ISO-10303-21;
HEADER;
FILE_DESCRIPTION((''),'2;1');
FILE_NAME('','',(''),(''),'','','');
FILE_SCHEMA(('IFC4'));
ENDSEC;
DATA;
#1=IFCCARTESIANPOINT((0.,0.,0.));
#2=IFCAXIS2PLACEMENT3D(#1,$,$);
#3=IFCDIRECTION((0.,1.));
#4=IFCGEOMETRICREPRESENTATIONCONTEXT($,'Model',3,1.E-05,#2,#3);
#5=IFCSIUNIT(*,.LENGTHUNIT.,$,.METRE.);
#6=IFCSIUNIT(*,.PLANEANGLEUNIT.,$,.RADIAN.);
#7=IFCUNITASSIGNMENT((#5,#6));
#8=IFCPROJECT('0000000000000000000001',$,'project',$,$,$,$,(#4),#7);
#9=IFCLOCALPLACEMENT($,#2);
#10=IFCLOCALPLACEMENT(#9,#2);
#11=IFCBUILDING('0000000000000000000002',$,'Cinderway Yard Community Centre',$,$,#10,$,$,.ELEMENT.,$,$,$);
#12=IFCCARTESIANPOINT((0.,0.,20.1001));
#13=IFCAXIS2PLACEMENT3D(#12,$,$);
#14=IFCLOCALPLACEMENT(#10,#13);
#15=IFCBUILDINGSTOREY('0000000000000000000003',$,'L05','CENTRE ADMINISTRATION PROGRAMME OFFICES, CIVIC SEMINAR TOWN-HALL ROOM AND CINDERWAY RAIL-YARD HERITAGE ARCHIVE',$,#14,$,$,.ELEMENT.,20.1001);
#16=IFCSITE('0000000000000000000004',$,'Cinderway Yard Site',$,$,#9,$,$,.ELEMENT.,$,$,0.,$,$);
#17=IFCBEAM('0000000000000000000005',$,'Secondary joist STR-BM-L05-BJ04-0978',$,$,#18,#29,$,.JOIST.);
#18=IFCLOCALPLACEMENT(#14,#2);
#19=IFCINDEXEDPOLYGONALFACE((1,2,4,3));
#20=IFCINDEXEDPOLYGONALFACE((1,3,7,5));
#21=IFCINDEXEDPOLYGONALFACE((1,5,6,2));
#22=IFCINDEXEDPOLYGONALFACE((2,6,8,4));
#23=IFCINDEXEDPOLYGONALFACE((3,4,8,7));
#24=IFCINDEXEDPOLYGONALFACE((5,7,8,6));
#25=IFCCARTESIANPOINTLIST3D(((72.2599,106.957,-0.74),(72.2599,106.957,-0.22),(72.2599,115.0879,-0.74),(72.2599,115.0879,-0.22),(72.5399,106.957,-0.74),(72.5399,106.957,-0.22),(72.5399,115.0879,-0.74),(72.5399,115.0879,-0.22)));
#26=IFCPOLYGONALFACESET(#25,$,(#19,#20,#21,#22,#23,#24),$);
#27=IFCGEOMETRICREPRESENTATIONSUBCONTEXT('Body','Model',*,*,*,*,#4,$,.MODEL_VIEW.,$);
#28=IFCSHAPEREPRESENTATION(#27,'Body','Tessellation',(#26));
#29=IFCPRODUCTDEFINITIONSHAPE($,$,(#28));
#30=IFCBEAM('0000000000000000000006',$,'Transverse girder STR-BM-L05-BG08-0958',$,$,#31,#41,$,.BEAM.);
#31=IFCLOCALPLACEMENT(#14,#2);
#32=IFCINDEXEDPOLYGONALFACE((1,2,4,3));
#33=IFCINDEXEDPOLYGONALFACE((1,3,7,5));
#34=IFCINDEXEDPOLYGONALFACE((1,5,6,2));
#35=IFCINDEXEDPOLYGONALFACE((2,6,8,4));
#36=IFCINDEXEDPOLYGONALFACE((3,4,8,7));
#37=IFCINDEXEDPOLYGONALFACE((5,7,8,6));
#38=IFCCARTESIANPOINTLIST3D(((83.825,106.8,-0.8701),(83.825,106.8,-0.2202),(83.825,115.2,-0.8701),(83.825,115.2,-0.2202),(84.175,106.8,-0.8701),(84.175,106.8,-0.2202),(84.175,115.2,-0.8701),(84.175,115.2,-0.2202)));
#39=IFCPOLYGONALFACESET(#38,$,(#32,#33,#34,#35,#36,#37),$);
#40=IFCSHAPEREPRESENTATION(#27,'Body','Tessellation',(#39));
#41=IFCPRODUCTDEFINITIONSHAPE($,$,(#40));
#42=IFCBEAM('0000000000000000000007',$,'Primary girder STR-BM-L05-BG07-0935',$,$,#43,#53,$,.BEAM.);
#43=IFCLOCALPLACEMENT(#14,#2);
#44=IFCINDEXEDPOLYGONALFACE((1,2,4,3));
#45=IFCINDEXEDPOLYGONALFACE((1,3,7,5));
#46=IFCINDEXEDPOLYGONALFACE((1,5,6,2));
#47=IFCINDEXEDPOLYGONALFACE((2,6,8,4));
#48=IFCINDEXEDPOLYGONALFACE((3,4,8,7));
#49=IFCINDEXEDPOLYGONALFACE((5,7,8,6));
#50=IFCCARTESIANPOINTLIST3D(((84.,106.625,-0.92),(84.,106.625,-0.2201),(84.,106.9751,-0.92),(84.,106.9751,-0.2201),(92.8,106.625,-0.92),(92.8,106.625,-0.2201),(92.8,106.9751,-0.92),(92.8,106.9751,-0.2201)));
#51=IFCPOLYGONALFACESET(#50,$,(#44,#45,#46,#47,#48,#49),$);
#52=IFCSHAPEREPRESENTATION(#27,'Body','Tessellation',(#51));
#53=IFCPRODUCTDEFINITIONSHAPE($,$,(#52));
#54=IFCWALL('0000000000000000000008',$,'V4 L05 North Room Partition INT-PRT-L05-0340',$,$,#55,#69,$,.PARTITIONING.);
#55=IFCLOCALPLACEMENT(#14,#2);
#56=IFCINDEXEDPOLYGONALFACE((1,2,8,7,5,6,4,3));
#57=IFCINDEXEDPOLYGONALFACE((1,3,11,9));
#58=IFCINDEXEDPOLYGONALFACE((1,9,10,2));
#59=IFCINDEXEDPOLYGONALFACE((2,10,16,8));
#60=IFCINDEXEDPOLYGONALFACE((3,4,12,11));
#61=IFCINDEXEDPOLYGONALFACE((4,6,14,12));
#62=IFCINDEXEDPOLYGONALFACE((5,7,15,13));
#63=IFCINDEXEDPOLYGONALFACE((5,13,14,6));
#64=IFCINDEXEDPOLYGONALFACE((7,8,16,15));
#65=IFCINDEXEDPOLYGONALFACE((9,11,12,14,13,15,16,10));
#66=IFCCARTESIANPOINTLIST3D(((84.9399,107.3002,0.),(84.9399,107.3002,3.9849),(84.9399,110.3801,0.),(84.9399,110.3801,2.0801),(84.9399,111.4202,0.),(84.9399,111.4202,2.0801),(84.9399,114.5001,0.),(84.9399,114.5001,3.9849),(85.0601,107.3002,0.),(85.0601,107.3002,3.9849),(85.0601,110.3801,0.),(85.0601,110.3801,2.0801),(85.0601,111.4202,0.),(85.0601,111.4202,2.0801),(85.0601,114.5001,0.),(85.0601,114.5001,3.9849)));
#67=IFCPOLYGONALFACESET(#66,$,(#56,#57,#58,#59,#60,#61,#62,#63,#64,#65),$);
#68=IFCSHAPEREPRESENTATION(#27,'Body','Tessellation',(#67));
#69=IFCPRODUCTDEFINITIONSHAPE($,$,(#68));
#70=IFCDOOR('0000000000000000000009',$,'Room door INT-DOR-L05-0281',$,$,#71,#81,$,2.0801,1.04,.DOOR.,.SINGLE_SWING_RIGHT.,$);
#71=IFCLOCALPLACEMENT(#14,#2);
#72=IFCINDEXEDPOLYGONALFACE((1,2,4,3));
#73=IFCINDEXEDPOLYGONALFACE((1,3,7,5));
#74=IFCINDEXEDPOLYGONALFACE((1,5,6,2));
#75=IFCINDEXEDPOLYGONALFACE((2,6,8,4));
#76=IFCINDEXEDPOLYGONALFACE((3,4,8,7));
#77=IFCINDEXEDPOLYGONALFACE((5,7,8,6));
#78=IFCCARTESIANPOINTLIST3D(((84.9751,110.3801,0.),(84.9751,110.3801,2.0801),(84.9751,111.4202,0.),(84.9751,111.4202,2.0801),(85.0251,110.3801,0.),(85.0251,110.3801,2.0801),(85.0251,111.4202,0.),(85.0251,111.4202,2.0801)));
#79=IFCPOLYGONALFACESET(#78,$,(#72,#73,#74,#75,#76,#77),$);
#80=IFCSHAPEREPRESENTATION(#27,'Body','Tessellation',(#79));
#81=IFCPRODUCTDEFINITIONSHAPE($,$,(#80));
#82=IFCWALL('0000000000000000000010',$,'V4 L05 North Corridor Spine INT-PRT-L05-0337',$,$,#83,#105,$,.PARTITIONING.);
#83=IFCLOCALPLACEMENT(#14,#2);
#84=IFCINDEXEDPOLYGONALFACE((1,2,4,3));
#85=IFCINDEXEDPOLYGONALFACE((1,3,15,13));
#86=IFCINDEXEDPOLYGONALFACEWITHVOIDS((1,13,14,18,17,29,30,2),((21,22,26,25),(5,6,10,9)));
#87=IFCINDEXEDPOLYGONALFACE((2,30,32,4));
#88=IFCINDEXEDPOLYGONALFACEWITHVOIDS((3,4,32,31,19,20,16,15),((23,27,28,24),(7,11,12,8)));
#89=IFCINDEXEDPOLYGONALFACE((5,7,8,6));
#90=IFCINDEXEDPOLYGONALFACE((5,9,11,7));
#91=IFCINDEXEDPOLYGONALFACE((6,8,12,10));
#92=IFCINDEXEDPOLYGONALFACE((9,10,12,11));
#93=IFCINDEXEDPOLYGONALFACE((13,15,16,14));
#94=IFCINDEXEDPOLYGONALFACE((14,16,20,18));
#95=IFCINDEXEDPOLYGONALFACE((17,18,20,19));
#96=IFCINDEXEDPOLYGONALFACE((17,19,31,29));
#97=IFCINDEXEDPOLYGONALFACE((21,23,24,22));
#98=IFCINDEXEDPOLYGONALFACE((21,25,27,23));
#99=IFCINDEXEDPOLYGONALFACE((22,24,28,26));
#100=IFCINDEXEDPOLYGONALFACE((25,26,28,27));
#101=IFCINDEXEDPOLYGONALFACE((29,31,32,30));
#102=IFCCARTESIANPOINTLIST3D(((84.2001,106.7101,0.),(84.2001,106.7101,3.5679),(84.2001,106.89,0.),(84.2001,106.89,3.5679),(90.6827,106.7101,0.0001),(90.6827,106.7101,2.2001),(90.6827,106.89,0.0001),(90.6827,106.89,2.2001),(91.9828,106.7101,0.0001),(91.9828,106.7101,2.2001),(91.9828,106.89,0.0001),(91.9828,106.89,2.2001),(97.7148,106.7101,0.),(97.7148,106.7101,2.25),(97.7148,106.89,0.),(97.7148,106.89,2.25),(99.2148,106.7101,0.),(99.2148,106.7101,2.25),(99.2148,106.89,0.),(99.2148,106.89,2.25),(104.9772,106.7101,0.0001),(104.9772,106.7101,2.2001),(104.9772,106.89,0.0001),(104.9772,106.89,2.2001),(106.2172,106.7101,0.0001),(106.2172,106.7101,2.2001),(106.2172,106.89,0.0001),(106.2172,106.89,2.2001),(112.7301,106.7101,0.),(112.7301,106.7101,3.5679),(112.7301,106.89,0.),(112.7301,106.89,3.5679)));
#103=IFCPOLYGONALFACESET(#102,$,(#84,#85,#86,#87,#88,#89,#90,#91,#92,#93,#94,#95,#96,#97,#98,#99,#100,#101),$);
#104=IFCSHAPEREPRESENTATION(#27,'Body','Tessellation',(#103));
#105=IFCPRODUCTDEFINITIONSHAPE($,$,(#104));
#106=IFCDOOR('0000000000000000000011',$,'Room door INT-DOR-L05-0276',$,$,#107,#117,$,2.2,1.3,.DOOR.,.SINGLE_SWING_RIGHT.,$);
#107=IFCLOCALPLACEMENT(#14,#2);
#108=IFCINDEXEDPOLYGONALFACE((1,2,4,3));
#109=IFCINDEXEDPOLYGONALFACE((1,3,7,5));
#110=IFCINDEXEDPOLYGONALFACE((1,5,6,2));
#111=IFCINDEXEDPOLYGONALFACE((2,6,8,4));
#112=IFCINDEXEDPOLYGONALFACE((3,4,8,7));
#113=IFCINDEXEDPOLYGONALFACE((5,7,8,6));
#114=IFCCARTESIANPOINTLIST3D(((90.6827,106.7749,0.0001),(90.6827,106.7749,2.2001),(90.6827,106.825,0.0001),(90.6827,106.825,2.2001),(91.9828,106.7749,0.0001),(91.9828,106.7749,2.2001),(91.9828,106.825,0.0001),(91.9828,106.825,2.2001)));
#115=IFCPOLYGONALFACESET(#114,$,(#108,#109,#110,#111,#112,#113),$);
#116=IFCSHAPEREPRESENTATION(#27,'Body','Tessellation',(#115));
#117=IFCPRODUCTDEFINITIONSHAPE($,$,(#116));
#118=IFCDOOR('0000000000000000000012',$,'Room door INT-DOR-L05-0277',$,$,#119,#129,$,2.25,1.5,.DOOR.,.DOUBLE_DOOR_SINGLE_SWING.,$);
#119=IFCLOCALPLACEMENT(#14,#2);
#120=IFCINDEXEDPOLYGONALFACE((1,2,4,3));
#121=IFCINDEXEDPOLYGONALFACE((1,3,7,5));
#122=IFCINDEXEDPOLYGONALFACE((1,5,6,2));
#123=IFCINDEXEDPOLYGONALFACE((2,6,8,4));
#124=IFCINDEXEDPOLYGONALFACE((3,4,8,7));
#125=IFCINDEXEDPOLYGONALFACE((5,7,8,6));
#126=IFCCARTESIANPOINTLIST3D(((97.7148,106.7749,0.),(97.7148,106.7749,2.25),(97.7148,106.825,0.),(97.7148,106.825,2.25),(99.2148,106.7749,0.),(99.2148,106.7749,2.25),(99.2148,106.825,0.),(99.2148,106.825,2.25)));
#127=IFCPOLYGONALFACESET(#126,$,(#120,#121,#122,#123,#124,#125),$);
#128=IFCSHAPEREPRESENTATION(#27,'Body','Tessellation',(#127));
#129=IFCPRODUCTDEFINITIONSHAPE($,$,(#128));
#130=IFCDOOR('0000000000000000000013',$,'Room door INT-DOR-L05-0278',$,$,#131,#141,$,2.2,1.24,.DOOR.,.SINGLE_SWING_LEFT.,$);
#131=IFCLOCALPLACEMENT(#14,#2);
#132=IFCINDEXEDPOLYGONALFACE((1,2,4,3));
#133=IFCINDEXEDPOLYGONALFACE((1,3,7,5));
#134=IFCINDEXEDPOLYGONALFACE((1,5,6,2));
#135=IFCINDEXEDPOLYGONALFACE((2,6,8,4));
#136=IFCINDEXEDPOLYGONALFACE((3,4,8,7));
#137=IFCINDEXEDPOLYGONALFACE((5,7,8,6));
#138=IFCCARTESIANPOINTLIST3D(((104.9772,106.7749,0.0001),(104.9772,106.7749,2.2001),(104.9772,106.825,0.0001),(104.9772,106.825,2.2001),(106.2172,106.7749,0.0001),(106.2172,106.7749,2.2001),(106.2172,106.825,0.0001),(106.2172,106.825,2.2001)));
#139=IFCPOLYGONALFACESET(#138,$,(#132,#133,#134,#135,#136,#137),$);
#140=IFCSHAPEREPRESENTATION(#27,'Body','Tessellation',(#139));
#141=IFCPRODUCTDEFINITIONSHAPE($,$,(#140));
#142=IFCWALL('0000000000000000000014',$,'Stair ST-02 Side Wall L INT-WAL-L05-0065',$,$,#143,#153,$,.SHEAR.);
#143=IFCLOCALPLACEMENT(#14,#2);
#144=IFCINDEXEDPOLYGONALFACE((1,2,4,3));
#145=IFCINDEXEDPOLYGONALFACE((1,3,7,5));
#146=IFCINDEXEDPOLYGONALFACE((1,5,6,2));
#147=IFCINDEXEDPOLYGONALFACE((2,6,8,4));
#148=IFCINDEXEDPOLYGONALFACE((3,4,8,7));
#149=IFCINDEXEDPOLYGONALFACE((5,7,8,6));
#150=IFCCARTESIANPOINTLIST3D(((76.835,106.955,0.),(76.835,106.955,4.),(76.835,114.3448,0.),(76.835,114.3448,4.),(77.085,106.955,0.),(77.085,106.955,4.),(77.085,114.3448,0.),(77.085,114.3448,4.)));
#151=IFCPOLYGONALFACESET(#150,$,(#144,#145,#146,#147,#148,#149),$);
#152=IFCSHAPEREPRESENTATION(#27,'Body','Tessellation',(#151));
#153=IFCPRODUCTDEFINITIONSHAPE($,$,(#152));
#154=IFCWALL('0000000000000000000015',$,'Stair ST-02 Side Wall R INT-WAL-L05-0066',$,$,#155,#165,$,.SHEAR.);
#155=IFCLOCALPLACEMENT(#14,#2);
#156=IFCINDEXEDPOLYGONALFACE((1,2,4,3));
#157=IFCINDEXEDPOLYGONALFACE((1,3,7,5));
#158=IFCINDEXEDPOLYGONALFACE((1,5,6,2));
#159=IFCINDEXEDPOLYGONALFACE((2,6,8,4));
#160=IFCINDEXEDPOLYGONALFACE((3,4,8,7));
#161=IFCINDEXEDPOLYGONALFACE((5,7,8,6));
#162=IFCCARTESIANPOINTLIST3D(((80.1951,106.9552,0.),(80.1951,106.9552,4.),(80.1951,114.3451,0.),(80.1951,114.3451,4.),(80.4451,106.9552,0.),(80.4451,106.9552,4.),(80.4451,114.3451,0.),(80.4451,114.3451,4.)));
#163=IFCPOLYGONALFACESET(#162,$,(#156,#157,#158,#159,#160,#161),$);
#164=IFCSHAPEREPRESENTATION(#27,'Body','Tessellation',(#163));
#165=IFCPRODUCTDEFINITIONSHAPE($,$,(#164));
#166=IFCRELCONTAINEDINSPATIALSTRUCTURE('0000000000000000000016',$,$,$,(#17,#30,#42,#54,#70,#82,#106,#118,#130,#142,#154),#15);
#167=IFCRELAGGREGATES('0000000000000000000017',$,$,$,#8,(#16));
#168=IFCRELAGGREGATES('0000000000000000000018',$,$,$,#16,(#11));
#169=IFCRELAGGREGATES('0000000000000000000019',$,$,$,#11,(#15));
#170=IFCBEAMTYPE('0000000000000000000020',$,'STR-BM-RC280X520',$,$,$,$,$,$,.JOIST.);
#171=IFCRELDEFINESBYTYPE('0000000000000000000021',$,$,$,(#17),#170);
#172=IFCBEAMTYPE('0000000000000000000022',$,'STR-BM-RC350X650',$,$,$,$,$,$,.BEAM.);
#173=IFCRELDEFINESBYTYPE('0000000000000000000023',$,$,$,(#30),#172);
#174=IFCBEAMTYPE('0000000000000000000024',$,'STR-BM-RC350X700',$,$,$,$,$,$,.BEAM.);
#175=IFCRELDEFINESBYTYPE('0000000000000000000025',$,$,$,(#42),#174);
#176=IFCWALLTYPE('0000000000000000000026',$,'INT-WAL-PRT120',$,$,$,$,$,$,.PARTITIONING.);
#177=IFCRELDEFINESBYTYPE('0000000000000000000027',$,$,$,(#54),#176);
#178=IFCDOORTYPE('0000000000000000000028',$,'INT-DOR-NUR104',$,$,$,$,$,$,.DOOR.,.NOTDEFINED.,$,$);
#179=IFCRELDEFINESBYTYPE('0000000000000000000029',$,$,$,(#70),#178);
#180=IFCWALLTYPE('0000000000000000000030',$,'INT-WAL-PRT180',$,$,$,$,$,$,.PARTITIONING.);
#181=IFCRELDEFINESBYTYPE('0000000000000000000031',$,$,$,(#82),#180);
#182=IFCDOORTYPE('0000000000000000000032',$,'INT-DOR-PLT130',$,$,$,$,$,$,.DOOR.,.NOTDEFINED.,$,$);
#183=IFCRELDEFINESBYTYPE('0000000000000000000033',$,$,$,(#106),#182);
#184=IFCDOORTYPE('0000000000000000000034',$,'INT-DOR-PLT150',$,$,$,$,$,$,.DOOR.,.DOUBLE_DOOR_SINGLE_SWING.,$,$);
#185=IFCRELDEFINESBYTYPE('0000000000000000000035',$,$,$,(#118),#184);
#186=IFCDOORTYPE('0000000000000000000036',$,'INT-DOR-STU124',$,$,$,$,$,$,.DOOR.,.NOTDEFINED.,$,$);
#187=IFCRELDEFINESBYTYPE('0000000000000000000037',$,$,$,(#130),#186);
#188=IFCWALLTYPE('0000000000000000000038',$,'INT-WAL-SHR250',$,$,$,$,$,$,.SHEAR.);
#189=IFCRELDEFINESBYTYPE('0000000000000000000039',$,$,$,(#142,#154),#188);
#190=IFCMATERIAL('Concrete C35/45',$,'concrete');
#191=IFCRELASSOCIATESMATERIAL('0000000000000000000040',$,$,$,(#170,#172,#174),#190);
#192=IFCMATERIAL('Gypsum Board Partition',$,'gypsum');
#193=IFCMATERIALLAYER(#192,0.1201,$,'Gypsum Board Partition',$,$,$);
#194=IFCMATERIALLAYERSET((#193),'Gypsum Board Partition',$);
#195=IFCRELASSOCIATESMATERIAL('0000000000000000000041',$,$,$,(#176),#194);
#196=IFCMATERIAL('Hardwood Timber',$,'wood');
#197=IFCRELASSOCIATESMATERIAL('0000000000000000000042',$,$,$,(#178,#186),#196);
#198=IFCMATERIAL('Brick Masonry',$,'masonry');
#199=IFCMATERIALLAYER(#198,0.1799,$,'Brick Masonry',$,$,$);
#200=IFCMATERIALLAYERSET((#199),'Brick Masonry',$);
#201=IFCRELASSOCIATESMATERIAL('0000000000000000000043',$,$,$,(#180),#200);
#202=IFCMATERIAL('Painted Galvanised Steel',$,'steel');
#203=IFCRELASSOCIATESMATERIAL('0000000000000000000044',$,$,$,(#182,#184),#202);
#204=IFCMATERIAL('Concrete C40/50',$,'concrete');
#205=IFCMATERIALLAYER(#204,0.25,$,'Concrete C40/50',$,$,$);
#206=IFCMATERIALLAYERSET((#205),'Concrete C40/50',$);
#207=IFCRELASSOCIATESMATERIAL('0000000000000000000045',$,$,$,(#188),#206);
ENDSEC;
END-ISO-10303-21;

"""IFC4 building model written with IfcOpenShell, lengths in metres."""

from ifc_helpers import new_model, si_unit, direction, frame, frame_2d, origin, origin_2d, place, context, subcontext, project, spatial, rectangle, extrude, material, layer, layer_set, material_profile, profile_set, type_object, element, fill, save


model = new_model("IFC4")

# Units and contexts
model_context = context("Model", 3, precision=1e-05, world=origin(), true_north=direction((0.0, 1.0)))
body_context = subcontext(model_context, "Body", "Model", "MODEL_VIEW")
ifc_project = project(units=[si_unit("LENGTHUNIT", "METRE"), si_unit("PLANEANGLEUNIT", "RADIAN")], contexts=[model_context])

# Site, building, storey
site_placement = place(None, origin())
site = spatial("IfcSite", under=ifc_project, at=site_placement, Name="Cinderway Yard Site", CompositionType="ELEMENT", RefElevation=0.0)
building_placement = place(site_placement, origin())
building = spatial("IfcBuilding", under=site, at=building_placement, Name="Cinderway Yard Community Centre", CompositionType="ELEMENT")
storey_placement = place(building_placement, frame((0.0, 0.0, 20.1001)))
storey = spatial("IfcBuildingStorey", under=building, at=storey_placement, Name="L05", Description="CENTRE ADMINISTRATION PROGRAMME OFFICES, CIVIC SEMINAR TOWN-HALL ROOM AND CINDERWAY RAIL-YARD HERITAGE ARCHIVE", CompositionType="ELEMENT", Elevation=20.1001)

# Beams
ifc_material_1 = material(Name="Concrete C35/45", Category="concrete")
ifc_material_profile_1 = material_profile(ifc_material_1, rectangle(XDim=0.28, YDim=0.52, at=origin_2d()), Name="Concrete C35/45")
ifc_profile_set_1 = profile_set([ifc_material_profile_1], Name="Concrete C35/45")
beam_type_1 = type_object("IfcBeamType", Name="STR-BM-RC280X520", PredefinedType="JOIST", material=ifc_profile_set_1)
beam_1_placement = place(storey_placement, frame((72.3999, 106.957, -0.48), z_axis=(0.0, 1.0, 0.0), x_axis=(-1.0, 0.0, 0.0)))
element("IfcBeam", 1, at=beam_1_placement, inside=storey, type_object=beam_type_1, Name="Secondary joist STR-BM-L05-BJ04-0978", PredefinedType="JOIST", context=body_context, shape_type="SweptSolid", body=[
    extrude(rectangle(XDim=0.28, YDim=0.52, at=origin_2d()), origin(), (0.0, 0.0, 1.0), 8.1309),
])
ifc_material_profile_2 = material_profile(ifc_material_1, rectangle(XDim=0.3501, YDim=0.6499, at=origin_2d()), Name="Concrete C35/45")
ifc_profile_set_2 = profile_set([ifc_material_profile_2], Name="Concrete C35/45")
beam_type_2 = type_object("IfcBeamType", Name="STR-BM-RC350X650", PredefinedType="BEAM", material=ifc_profile_set_2)
beam_2_placement = place(storey_placement, frame((84.0, 106.8, -0.5452), z_axis=(0.0, 1.0, 0.0), x_axis=(-1.0, 0.0, 0.0)))
element("IfcBeam", 2, at=beam_2_placement, inside=storey, type_object=beam_type_2, Name="Transverse girder STR-BM-L05-BG08-0958", PredefinedType="BEAM", context=body_context, shape_type="SweptSolid", body=[
    extrude(rectangle(XDim=0.3501, YDim=0.6499, at=origin_2d()), origin(), (0.0, 0.0, 1.0), 8.3999),
])
ifc_material_profile_3 = material_profile(ifc_material_1, rectangle(XDim=0.3501, YDim=0.7, at=origin_2d()), Name="Concrete C35/45")
ifc_profile_set_3 = profile_set([ifc_material_profile_3], Name="Concrete C35/45")
beam_type_3 = type_object("IfcBeamType", Name="STR-BM-RC350X700", PredefinedType="BEAM", material=ifc_profile_set_3)
beam_3_placement = place(storey_placement, frame((84.0, 106.8, -0.5701), z_axis=(1.0, 0.0, 0.0), x_axis=(0.0, 1.0, 0.0)))
element("IfcBeam", 3, at=beam_3_placement, inside=storey, type_object=beam_type_3, Name="Primary girder STR-BM-L05-BG07-0935", PredefinedType="BEAM", context=body_context, shape_type="SweptSolid", body=[
    extrude(rectangle(XDim=0.3501, YDim=0.7, at=origin_2d()), origin(), (0.0, 0.0, 1.0), 8.8),
])

# Wall, opening, door
ifc_material_2 = material(Name="Gypsum Board Partition", Category="gypsum")
ifc_layer_1 = layer(ifc_material_2, 0.1201, Name="Gypsum Board Partition")
ifc_layer_set_1 = layer_set([ifc_layer_1], Name="Gypsum Board Partition")
wall_type_1 = type_object("IfcWallType", Name="INT-WAL-PRT120", PredefinedType="PARTITIONING", material=ifc_layer_set_1)
wall_1_placement = place(storey_placement, frame((85.0, 107.3, 0.0), z_axis=(0.0, 0.0, 1.0), x_axis=(0.0, 1.0, 0.0)))
wall_1 = element("IfcWall", 4, at=wall_1_placement, inside=storey, type_object=wall_type_1, Name="V4 L05 North Room Partition INT-PRT-L05-0340", PredefinedType="PARTITIONING", context=body_context, shape_type="SweptSolid", body=[
    extrude(rectangle(XDim=7.2, YDim=0.1201, at=frame_2d((3.6001, 0.0))), origin(), (0.0, 0.0, 1.0), 3.9849),
])
opening_1_placement = place(wall_1_placement, frame((3.0801, 0.0, 0.0)))
opening_1 = element("IfcOpeningElement", 5, at=opening_1_placement, cuts=wall_1, PredefinedType="OPENING", context=body_context, shape_type="SweptSolid", body=[
    extrude(rectangle(XDim=1.04, YDim=2.0801, at=frame_2d((0.52, 1.04))), frame((0.0, 0.0701, 0.0), z_axis=(0.0, -1.0, 0.0), x_axis=(1.0, 0.0, 0.0)), (0.0, 0.0, 1.0), 0.1401),
])
ifc_material_3 = material(Name="Hardwood Timber", Category="wood")
door_type_1 = type_object("IfcDoorType", Name="INT-DOR-NUR104", OperationType="NOTDEFINED", PredefinedType="DOOR", material=ifc_material_3)
door_1_placement = place(opening_1_placement, origin())
door_1 = element("IfcDoor", 6, at=door_1_placement, inside=storey, type_object=door_type_1, Name="Room door INT-DOR-L05-0281", OperationType="SINGLE_SWING_RIGHT", OverallHeight=2.0801, OverallWidth=1.04, PredefinedType="DOOR", context=body_context, shape_type="SweptSolid", body=[
    extrude(rectangle(XDim=1.04, YDim=2.0801, at=frame_2d((0.52, 1.04))), frame((0.0, 0.0249, 0.0), z_axis=(0.0, -1.0, 0.0), x_axis=(1.0, 0.0, 0.0)), (0.0, 0.0, 1.0), 0.05),
])
fill(opening_1, door_1)

# Wall, openings, doors
ifc_material_4 = material(Name="Brick Masonry", Category="masonry")
ifc_layer_2 = layer(ifc_material_4, 0.1799, Name="Brick Masonry")
ifc_layer_set_2 = layer_set([ifc_layer_2], Name="Brick Masonry")
wall_type_2 = type_object("IfcWallType", Name="INT-WAL-PRT180", PredefinedType="PARTITIONING", material=ifc_layer_set_2)
wall_2_placement = place(storey_placement, frame((84.2, 106.8, 0.0), z_axis=(0.0, 0.0, 1.0), x_axis=(1.0, 0.0, 0.0)))
wall_2 = element("IfcWall", 7, at=wall_2_placement, inside=storey, type_object=wall_type_2, Name="V4 L05 North Corridor Spine INT-PRT-L05-0337", PredefinedType="PARTITIONING", context=body_context, shape_type="SweptSolid", body=[
    extrude(rectangle(XDim=28.53, YDim=0.1799, at=frame_2d((14.2651, 0.0))), origin(), (0.0, 0.0, 1.0), 3.5679),
])
opening_2_placement = place(wall_2_placement, frame((6.4829, 0.0, 0.0)))
opening_2 = element("IfcOpeningElement", 8, at=opening_2_placement, cuts=wall_2, PredefinedType="OPENING", context=body_context, shape_type="SweptSolid", body=[
    extrude(rectangle(XDim=1.3, YDim=2.2, at=frame_2d((0.6499, 1.1001))), frame((0.0, 0.0999, 0.0), z_axis=(0.0, -1.0, 0.0), x_axis=(1.0, 0.0, 0.0)), (0.0, 0.0, 1.0), 0.2),
])
opening_3_placement = place(wall_2_placement, frame((13.5149, 0.0, 0.0)))
opening_3 = element("IfcOpeningElement", 9, at=opening_3_placement, cuts=wall_2, PredefinedType="OPENING", context=body_context, shape_type="SweptSolid", body=[
    extrude(rectangle(XDim=1.5, YDim=2.25, at=frame_2d((0.75, 1.125))), frame((0.0, 0.0999, 0.0), z_axis=(0.0, -1.0, 0.0), x_axis=(1.0, 0.0, 0.0)), (0.0, 0.0, 1.0), 0.2),
])
opening_4_placement = place(wall_2_placement, frame((20.7771, 0.0, 0.0)))
opening_4 = element("IfcOpeningElement", 10, at=opening_4_placement, cuts=wall_2, PredefinedType="OPENING", context=body_context, shape_type="SweptSolid", body=[
    extrude(rectangle(XDim=1.24, YDim=2.2, at=frame_2d((0.6201, 1.1001))), frame((0.0, 0.0999, 0.0), z_axis=(0.0, -1.0, 0.0), x_axis=(1.0, 0.0, 0.0)), (0.0, 0.0, 1.0), 0.2),
])
ifc_material_5 = material(Name="Painted Galvanised Steel", Category="steel")
door_type_2 = type_object("IfcDoorType", Name="INT-DOR-PLT130", OperationType="NOTDEFINED", PredefinedType="DOOR", material=ifc_material_5)
door_2_placement = place(opening_2_placement, origin())
door_2 = element("IfcDoor", 11, at=door_2_placement, inside=storey, type_object=door_type_2, Name="Room door INT-DOR-L05-0276", OperationType="SINGLE_SWING_RIGHT", OverallHeight=2.2, OverallWidth=1.3, PredefinedType="DOOR", context=body_context, shape_type="SweptSolid", body=[
    extrude(rectangle(XDim=1.3, YDim=2.2, at=frame_2d((0.6499, 1.1001))), frame((0.0, 0.0249, 0.0), z_axis=(0.0, -1.0, 0.0), x_axis=(1.0, 0.0, 0.0)), (0.0, 0.0, 1.0), 0.05),
])
fill(opening_2, door_2)
door_type_3 = type_object("IfcDoorType", Name="INT-DOR-PLT150", OperationType="DOUBLE_DOOR_SINGLE_SWING", PredefinedType="DOOR", material=ifc_material_5)
door_3_placement = place(opening_3_placement, origin())
door_3 = element("IfcDoor", 12, at=door_3_placement, inside=storey, type_object=door_type_3, Name="Room door INT-DOR-L05-0277", OperationType="DOUBLE_DOOR_SINGLE_SWING", OverallHeight=2.25, OverallWidth=1.5, PredefinedType="DOOR", context=body_context, shape_type="SweptSolid", body=[
    extrude(rectangle(XDim=1.5, YDim=2.25, at=frame_2d((0.75, 1.125))), frame((0.0, 0.0249, 0.0), z_axis=(0.0, -1.0, 0.0), x_axis=(1.0, 0.0, 0.0)), (0.0, 0.0, 1.0), 0.05),
])
fill(opening_3, door_3)
door_type_4 = type_object("IfcDoorType", Name="INT-DOR-STU124", OperationType="NOTDEFINED", PredefinedType="DOOR", material=ifc_material_3)
door_4_placement = place(opening_4_placement, origin())
door_4 = element("IfcDoor", 13, at=door_4_placement, inside=storey, type_object=door_type_4, Name="Room door INT-DOR-L05-0278", OperationType="SINGLE_SWING_LEFT", OverallHeight=2.2, OverallWidth=1.24, PredefinedType="DOOR", context=body_context, shape_type="SweptSolid", body=[
    extrude(rectangle(XDim=1.24, YDim=2.2, at=frame_2d((0.6201, 1.1001))), frame((0.0, 0.0249, 0.0), z_axis=(0.0, -1.0, 0.0), x_axis=(1.0, 0.0, 0.0)), (0.0, 0.0, 1.0), 0.05),
])
fill(opening_4, door_4)

# Shared definitions
ifc_material_6 = material(Name="Concrete C40/50", Category="concrete")
ifc_layer_3 = layer(ifc_material_6, 0.25, Name="Concrete C40/50")
ifc_layer_set_3 = layer_set([ifc_layer_3], Name="Concrete C40/50")
wall_type_3 = type_object("IfcWallType", Name="INT-WAL-SHR250", PredefinedType="SHEAR", material=ifc_layer_set_3)

# Walls
for number, where, z_axis, x_axis, name in (
    (14, (76.96, 106.9551, 0.0), (0.0, 0.0, 1.0), (0.0, 1.0, 0.0), "Stair ST-02 Side Wall L INT-WAL-L05-0065"),
    (15, (80.3201, 114.345, 0.0), (0.0, 0.0, 1.0), (0.0, -1.0, 0.0), "Stair ST-02 Side Wall R INT-WAL-L05-0066"),
):
    element("IfcWall", number, at=place(storey_placement, frame(where, z_axis=z_axis, x_axis=x_axis)), inside=storey, type_object=wall_type_3, Name=name, PredefinedType="SHEAR", context=body_context, shape_type="SweptSolid", body=[
        extrude(rectangle(XDim=7.3899, YDim=0.25, at=frame_2d((3.6948, 0.0))), origin(), (0.0, 0.0, 1.0), 4.0),
    ])

save(model, "model.ifc")
